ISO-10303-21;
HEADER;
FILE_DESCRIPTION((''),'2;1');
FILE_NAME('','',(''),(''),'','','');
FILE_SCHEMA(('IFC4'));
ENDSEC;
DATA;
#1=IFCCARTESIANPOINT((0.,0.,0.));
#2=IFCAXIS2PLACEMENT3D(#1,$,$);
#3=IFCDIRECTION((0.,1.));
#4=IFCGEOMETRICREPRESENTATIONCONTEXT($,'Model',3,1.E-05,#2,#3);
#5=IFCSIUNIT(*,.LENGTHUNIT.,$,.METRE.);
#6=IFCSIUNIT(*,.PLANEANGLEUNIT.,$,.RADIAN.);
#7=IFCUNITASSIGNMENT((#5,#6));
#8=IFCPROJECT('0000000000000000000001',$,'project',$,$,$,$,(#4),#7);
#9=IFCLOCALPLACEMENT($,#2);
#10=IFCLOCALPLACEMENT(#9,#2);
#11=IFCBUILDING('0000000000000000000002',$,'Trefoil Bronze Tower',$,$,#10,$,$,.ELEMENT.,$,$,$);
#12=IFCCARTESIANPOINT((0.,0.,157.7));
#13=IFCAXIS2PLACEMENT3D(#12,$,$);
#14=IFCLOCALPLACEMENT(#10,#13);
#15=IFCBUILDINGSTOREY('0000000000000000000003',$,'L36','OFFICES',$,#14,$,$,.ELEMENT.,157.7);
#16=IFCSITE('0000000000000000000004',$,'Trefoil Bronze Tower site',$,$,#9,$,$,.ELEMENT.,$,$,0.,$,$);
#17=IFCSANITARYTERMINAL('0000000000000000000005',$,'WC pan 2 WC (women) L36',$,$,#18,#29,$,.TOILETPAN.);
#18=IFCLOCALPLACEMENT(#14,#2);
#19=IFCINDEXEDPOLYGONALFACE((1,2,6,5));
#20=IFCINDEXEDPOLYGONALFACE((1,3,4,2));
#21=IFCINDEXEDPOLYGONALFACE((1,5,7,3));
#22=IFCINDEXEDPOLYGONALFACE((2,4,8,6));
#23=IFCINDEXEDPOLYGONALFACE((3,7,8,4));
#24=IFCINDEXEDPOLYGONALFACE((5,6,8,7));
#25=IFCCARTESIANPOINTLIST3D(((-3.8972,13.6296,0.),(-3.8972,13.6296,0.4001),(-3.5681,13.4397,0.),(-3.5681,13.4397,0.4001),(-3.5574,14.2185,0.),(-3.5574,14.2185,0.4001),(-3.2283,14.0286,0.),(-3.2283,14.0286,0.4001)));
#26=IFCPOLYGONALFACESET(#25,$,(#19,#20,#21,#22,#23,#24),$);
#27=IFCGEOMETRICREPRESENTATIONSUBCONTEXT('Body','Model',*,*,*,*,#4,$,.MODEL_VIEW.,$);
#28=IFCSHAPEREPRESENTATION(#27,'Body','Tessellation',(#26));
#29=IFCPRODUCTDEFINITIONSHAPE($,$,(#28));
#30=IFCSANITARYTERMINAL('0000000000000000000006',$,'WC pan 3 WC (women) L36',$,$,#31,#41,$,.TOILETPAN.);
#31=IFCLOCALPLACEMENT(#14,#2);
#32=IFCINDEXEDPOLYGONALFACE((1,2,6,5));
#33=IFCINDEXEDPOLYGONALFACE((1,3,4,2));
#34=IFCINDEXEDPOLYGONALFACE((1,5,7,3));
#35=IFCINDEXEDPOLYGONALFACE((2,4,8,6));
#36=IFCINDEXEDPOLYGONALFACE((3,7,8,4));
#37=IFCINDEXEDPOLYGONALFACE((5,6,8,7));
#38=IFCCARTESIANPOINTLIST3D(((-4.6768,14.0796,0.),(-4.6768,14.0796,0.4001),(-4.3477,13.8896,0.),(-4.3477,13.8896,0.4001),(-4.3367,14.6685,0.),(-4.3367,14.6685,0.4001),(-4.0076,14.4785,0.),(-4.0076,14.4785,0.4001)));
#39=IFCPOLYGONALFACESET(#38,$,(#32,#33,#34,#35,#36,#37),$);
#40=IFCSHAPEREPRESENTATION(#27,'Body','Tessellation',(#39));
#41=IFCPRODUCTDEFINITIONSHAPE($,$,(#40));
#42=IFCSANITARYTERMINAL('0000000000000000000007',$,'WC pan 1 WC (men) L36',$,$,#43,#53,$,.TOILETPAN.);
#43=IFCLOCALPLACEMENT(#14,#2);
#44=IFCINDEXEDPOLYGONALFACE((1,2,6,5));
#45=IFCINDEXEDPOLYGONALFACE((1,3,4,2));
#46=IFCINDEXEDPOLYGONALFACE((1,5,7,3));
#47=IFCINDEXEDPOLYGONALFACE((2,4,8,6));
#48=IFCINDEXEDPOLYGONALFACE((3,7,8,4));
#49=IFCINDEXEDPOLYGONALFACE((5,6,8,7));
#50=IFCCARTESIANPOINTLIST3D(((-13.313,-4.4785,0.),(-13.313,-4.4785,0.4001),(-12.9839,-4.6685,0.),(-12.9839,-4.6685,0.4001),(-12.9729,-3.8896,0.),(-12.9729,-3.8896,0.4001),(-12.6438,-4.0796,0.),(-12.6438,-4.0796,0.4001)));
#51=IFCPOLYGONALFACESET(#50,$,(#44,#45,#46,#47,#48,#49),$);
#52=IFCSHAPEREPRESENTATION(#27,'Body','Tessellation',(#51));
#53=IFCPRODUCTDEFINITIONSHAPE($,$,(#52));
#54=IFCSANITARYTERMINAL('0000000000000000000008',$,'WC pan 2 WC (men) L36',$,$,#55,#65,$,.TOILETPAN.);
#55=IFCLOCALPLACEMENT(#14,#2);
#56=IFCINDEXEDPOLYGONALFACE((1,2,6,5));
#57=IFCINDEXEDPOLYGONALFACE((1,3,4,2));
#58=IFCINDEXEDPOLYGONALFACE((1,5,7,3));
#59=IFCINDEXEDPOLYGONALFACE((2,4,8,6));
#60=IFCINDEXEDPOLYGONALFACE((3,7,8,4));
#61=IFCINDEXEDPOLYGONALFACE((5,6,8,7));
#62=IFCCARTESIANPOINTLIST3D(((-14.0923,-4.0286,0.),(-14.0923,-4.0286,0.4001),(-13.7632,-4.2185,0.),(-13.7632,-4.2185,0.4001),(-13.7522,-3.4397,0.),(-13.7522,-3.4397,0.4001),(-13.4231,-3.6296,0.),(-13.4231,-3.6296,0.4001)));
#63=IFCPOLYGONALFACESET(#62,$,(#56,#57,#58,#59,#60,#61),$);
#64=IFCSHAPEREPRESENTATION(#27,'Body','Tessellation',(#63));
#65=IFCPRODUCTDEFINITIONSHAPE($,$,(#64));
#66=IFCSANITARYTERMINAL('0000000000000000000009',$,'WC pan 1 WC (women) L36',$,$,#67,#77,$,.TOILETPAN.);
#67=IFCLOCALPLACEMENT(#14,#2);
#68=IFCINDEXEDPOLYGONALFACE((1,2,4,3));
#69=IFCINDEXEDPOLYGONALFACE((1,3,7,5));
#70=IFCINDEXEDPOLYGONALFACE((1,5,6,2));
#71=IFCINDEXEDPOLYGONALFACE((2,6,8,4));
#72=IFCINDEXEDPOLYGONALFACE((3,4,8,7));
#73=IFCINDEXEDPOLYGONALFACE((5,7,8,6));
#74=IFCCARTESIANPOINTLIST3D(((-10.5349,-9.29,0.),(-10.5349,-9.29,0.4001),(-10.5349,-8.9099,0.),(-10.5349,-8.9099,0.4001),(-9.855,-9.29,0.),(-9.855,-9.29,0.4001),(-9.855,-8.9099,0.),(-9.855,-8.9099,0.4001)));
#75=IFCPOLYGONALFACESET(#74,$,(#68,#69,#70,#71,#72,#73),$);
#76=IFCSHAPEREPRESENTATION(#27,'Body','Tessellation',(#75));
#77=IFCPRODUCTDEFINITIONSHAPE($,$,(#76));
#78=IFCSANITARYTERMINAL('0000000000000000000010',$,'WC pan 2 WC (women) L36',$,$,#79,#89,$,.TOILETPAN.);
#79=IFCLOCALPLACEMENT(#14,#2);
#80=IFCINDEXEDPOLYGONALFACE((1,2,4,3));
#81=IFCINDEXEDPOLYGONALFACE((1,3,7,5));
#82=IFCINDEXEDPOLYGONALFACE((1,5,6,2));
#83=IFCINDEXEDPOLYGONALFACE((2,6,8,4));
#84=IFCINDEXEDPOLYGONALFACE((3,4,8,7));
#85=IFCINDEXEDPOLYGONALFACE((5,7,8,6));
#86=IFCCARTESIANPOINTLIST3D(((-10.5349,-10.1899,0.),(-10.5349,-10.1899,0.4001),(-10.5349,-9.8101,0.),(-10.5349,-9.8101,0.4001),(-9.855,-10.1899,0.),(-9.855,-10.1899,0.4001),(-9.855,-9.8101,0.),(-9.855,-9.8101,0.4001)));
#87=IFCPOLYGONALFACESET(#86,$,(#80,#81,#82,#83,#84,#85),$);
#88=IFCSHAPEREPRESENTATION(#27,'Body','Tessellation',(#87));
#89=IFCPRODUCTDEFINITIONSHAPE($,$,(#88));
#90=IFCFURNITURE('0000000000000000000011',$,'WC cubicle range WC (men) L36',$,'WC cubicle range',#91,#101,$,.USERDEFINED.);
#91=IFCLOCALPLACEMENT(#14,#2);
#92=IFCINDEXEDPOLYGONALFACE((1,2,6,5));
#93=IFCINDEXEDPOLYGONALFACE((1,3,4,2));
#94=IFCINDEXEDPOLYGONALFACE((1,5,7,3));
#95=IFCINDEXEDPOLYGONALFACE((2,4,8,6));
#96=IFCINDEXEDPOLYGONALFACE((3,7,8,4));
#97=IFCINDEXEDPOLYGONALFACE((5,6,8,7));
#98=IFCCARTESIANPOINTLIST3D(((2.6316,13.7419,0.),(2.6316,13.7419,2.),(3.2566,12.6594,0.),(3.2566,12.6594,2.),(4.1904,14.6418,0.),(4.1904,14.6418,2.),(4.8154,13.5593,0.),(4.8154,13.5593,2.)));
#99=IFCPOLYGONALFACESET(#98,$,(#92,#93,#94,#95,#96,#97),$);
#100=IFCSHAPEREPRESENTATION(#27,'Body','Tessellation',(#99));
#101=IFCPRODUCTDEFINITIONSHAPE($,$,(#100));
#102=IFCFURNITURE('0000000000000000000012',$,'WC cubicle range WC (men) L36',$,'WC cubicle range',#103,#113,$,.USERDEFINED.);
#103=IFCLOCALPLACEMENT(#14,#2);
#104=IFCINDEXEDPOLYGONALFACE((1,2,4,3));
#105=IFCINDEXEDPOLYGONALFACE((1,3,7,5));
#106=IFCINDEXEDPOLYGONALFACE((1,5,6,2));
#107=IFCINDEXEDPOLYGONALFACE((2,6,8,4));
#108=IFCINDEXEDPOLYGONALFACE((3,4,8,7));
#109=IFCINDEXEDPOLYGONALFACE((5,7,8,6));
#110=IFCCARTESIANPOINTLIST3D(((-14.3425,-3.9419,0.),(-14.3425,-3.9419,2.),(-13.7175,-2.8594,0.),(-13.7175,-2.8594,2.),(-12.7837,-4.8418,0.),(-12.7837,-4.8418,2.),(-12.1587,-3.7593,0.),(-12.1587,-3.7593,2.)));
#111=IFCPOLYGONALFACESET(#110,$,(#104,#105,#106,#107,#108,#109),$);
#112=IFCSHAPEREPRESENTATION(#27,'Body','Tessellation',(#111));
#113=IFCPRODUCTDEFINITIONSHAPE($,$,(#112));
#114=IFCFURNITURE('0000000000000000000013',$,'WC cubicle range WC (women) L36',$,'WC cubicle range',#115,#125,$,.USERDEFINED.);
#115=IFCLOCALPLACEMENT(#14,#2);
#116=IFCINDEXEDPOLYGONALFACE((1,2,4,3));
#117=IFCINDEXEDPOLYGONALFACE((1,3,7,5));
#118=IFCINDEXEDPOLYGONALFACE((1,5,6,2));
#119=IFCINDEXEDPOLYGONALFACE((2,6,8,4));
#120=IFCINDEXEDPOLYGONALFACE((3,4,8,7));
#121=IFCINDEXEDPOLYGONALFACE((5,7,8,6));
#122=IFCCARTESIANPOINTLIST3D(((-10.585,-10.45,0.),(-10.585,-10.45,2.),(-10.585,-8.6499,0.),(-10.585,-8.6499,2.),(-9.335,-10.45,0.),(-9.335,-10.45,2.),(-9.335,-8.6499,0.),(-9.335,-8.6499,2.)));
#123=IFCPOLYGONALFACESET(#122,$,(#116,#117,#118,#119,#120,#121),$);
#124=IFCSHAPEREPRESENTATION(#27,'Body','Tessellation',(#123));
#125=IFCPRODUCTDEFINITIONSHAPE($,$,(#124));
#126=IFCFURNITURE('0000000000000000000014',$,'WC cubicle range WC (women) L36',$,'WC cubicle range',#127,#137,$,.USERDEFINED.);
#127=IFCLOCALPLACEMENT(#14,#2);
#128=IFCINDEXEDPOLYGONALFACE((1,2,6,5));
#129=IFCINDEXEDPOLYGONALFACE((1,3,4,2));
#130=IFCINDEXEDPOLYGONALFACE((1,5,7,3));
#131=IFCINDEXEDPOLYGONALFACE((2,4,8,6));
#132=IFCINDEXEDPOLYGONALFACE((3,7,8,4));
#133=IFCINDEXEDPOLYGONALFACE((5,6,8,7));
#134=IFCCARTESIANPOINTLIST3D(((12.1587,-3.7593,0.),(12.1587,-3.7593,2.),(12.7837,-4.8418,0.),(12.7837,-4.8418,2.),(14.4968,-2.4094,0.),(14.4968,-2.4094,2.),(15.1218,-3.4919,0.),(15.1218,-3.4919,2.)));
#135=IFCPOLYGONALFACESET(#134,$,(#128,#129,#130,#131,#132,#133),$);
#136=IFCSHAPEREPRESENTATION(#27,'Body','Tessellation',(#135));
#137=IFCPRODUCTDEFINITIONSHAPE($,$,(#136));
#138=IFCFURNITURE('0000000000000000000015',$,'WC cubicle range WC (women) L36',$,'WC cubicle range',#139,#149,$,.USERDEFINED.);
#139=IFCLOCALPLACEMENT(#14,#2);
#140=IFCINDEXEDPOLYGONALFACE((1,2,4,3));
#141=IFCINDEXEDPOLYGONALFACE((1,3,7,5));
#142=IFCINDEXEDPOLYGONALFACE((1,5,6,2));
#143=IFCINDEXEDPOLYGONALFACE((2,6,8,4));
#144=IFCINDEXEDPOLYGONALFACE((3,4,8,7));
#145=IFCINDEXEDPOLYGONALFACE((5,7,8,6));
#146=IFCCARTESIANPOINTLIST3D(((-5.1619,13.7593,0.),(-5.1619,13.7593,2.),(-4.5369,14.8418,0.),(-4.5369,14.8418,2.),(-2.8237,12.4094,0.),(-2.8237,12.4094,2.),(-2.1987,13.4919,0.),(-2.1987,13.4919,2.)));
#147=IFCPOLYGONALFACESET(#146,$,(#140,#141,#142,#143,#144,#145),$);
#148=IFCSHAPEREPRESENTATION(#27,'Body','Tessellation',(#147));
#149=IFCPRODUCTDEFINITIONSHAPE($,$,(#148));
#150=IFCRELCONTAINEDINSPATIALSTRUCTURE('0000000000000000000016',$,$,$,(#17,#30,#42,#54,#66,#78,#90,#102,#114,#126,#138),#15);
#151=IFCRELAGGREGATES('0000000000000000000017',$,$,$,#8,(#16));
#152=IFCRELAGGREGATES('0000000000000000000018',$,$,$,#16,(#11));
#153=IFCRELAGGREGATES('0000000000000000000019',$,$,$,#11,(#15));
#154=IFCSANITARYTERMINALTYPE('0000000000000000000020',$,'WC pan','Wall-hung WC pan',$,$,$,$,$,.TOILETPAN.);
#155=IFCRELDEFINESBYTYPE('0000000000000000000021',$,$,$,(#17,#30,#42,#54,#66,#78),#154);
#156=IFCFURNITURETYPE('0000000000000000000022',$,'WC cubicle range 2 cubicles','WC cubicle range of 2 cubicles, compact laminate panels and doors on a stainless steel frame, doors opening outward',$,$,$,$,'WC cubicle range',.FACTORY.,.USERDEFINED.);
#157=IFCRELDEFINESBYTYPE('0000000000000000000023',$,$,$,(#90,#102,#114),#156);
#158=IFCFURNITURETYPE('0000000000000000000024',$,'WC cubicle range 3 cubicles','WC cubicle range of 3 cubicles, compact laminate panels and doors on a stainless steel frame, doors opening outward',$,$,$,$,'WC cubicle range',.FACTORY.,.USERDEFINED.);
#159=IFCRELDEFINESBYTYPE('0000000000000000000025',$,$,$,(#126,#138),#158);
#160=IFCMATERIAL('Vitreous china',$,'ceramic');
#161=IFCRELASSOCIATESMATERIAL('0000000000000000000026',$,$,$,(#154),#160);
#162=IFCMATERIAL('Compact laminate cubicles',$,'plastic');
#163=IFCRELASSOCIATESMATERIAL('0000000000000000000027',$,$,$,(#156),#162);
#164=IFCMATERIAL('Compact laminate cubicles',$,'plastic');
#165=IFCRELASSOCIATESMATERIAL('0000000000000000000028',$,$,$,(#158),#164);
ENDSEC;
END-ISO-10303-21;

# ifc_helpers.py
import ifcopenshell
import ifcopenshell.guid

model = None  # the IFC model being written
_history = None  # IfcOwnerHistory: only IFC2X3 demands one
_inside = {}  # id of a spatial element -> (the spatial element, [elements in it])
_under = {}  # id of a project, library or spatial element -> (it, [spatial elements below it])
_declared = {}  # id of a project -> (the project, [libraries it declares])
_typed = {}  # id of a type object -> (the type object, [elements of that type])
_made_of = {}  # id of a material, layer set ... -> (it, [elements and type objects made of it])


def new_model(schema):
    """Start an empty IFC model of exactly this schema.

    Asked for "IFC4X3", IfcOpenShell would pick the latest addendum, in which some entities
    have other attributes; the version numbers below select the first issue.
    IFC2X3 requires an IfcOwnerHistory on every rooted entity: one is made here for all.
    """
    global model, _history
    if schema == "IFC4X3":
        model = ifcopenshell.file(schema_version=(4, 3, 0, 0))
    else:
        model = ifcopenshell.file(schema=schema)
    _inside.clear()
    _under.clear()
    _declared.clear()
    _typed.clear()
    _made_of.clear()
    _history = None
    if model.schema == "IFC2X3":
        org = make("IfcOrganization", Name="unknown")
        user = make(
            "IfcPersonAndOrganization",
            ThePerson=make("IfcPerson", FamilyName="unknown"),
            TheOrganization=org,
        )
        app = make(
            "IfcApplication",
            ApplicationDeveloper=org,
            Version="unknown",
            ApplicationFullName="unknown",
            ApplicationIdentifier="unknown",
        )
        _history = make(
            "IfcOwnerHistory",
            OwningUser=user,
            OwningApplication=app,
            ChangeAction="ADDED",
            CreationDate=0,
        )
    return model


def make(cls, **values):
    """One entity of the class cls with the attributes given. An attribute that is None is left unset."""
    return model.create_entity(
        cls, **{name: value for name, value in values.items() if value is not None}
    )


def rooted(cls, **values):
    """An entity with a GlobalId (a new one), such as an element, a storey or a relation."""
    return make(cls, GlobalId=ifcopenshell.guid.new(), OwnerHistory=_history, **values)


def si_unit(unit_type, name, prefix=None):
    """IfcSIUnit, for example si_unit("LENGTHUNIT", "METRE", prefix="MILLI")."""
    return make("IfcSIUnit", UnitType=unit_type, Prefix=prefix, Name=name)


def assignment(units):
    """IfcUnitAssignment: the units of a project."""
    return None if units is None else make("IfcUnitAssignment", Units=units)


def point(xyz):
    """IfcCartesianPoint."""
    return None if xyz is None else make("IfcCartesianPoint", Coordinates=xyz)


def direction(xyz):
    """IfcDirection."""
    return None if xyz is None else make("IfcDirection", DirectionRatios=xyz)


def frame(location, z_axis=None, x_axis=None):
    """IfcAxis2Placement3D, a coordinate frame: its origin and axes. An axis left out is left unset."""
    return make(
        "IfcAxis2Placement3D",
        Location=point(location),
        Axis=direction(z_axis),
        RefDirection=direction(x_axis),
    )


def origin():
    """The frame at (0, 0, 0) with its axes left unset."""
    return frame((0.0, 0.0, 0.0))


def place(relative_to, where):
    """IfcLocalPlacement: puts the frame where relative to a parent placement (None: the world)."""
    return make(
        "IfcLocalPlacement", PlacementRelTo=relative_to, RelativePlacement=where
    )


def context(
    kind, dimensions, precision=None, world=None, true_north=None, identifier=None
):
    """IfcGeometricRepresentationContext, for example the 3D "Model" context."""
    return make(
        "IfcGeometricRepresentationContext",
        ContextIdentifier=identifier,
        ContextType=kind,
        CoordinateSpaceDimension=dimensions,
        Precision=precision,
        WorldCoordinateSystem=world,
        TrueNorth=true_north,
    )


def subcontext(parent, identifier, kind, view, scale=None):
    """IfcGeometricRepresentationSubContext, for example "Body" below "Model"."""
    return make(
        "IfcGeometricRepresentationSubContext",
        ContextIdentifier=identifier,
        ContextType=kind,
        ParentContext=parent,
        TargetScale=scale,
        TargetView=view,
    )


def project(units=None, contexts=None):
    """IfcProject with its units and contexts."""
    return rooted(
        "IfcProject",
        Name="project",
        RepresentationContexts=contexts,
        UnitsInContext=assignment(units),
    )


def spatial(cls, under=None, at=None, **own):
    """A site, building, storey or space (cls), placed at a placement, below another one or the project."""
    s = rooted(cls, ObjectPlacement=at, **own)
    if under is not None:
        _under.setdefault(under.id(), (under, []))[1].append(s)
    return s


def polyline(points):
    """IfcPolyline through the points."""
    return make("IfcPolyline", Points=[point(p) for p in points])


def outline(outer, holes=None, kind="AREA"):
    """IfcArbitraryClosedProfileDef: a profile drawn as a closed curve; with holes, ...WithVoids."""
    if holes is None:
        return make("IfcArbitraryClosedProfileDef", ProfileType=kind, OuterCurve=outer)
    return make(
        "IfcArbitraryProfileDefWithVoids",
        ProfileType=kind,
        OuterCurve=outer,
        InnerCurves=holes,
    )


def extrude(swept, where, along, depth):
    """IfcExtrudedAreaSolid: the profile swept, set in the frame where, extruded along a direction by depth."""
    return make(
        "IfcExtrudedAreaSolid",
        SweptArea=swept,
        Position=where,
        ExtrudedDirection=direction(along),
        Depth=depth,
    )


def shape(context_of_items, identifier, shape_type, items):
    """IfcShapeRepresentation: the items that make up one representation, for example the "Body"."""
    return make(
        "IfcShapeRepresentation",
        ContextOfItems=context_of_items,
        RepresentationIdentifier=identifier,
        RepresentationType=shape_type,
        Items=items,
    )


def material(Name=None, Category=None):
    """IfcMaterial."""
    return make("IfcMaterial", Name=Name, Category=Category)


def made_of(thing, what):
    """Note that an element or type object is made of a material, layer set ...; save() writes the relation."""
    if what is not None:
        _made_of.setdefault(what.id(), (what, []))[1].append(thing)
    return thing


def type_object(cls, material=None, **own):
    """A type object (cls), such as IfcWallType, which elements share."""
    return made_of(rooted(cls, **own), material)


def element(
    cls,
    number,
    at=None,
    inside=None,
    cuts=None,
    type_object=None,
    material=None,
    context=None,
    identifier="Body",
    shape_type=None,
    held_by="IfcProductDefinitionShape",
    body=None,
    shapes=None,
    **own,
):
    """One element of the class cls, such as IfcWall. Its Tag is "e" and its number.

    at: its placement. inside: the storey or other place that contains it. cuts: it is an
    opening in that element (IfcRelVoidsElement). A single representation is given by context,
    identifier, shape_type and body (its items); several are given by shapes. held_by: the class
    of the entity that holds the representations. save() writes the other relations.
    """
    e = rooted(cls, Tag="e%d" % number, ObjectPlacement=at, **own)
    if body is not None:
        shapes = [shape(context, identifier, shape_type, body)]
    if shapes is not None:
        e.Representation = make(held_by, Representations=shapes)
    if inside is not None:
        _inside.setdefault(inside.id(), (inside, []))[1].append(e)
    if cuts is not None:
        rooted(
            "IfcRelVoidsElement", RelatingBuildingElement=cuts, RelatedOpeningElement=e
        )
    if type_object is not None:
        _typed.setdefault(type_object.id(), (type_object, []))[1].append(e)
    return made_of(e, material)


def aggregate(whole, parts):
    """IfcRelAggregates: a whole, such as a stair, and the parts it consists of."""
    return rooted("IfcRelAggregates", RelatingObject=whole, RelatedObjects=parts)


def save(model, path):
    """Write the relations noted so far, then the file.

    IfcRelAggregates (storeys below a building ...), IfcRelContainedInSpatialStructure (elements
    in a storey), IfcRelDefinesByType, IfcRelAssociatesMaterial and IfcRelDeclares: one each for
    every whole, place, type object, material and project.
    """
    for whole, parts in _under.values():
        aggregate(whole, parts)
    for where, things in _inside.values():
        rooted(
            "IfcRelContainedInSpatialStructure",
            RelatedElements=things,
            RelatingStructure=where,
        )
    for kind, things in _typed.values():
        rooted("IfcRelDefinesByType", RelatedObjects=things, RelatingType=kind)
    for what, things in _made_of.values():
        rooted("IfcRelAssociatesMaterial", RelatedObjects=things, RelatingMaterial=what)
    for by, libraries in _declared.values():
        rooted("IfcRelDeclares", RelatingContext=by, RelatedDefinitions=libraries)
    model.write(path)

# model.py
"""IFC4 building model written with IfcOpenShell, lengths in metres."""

from ifc_helpers import new_model, si_unit, direction, frame, origin, place, context, subcontext, project, spatial, polyline, outline, extrude, material, type_object, element, save


model = new_model("IFC4")

# Units and contexts
model_context = context("Model", 3, precision=1e-05, world=origin(), true_north=direction((0.0, 1.0)))
body_context = subcontext(model_context, "Body", "Model", "MODEL_VIEW")
ifc_project = project(units=[si_unit("LENGTHUNIT", "METRE"), si_unit("PLANEANGLEUNIT", "RADIAN")], contexts=[model_context])

# Site, building, storey
site_placement = place(None, origin())
site = spatial("IfcSite", under=ifc_project, at=site_placement, Name="Trefoil Bronze Tower site", CompositionType="ELEMENT", RefElevation=0.0)
building_placement = place(site_placement, origin())
building = spatial("IfcBuilding", under=site, at=building_placement, Name="Trefoil Bronze Tower", CompositionType="ELEMENT")
storey_placement = place(building_placement, frame((0.0, 0.0, 157.7)))
storey = spatial("IfcBuildingStorey", under=building, at=storey_placement, Name="L36", Description="OFFICES", CompositionType="ELEMENT", Elevation=157.7)

# Sanitary terminals
ifc_material_1 = material(Name="Vitreous china", Category="ceramic")
sanitary_terminal_type_1 = type_object("IfcSanitaryTerminalType", Name="WC pan", Description="Wall-hung WC pan", PredefinedType="TOILETPAN", material=ifc_material_1)
sanitary_terminal_1_placement = place(storey_placement, origin())
element("IfcSanitaryTerminal", 1, at=sanitary_terminal_1_placement, inside=storey, type_object=sanitary_terminal_type_1, Name="WC pan 2 WC (women) L36", PredefinedType="TOILETPAN", context=body_context, shape_type="SweptSolid", body=[
    extrude(outline(polyline([(-3.5681, 13.4397), (-3.2283, 14.0286), (-3.5574, 14.2185), (-3.8972, 13.6296), (-3.5681, 13.4397)])), origin(), (0.0, 0.0, 1.0), 0.4001),
])
sanitary_terminal_2_placement = place(storey_placement, origin())
element("IfcSanitaryTerminal", 2, at=sanitary_terminal_2_placement, inside=storey, type_object=sanitary_terminal_type_1, Name="WC pan 3 WC (women) L36", PredefinedType="TOILETPAN", context=body_context, shape_type="SweptSolid", body=[
    extrude(outline(polyline([(-4.3477, 13.8896), (-4.0076, 14.4785), (-4.3367, 14.6685), (-4.6768, 14.0796), (-4.3477, 13.8896)])), origin(), (0.0, 0.0, 1.0), 0.4001),
])
sanitary_terminal_3_placement = place(storey_placement, origin())
element("IfcSanitaryTerminal", 3, at=sanitary_terminal_3_placement, inside=storey, type_object=sanitary_terminal_type_1, Name="WC pan 1 WC (men) L36", PredefinedType="TOILETPAN", context=body_context, shape_type="SweptSolid", body=[
    extrude(outline(polyline([(-12.6438, -4.0796), (-12.9839, -4.6685), (-13.313, -4.4785), (-12.9729, -3.8896), (-12.6438, -4.0796)])), origin(), (0.0, 0.0, 1.0), 0.4001),
])
sanitary_terminal_4_placement = place(storey_placement, origin())
element("IfcSanitaryTerminal", 4, at=sanitary_terminal_4_placement, inside=storey, type_object=sanitary_terminal_type_1, Name="WC pan 2 WC (men) L36", PredefinedType="TOILETPAN", context=body_context, shape_type="SweptSolid", body=[
    extrude(outline(polyline([(-13.4231, -3.6296), (-13.7632, -4.2185), (-14.0923, -4.0286), (-13.7522, -3.4397), (-13.4231, -3.6296)])), origin(), (0.0, 0.0, 1.0), 0.4001),
])
sanitary_terminal_5_placement = place(storey_placement, origin())
element("IfcSanitaryTerminal", 5, at=sanitary_terminal_5_placement, inside=storey, type_object=sanitary_terminal_type_1, Name="WC pan 1 WC (women) L36", PredefinedType="TOILETPAN", context=body_context, shape_type="SweptSolid", body=[
    extrude(outline(polyline([(-9.855, -8.9099), (-10.5349, -8.9099), (-10.5349, -9.29), (-9.855, -9.29), (-9.855, -8.9099)])), origin(), (0.0, 0.0, 1.0), 0.4001),
])
sanitary_terminal_6_placement = place(storey_placement, origin())
element("IfcSanitaryTerminal", 6, at=sanitary_terminal_6_placement, inside=storey, type_object=sanitary_terminal_type_1, Name="WC pan 2 WC (women) L36", PredefinedType="TOILETPAN", context=body_context, shape_type="SweptSolid", body=[
    extrude(outline(polyline([(-9.855, -9.8101), (-10.5349, -9.8101), (-10.5349, -10.1899), (-9.855, -10.1899), (-9.855, -9.8101)])), origin(), (0.0, 0.0, 1.0), 0.4001),
])

# Furniture
ifc_material_2 = material(Name="Compact laminate cubicles", Category="plastic")
furniture_type_1 = type_object("IfcFurnitureType", Name="WC cubicle range 2 cubicles", Description="WC cubicle range of 2 cubicles, compact laminate panels and doors on a stainless steel frame, doors opening outward", ElementType="WC cubicle range", AssemblyPlace="FACTORY", PredefinedType="USERDEFINED", material=ifc_material_2)
furniture_1_placement = place(storey_placement, origin())
element("IfcFurniture", 7, at=furniture_1_placement, inside=storey, type_object=furniture_type_1, Name="WC cubicle range WC (men) L36", ObjectType="WC cubicle range", PredefinedType="USERDEFINED", context=body_context, shape_type="SweptSolid", body=[
    extrude(outline(polyline([(3.2566, 12.6594), (2.6316, 13.7419), (4.1904, 14.6418), (4.8154, 13.5593), (3.2566, 12.6594)])), origin(), (0.0, 0.0, 1.0), 2.0),
])
furniture_2_placement = place(storey_placement, origin())
element("IfcFurniture", 8, at=furniture_2_placement, inside=storey, type_object=furniture_type_1, Name="WC cubicle range WC (men) L36", ObjectType="WC cubicle range", PredefinedType="USERDEFINED", context=body_context, shape_type="SweptSolid", body=[
    extrude(outline(polyline([(-12.1587, -3.7593), (-12.7837, -4.8418), (-14.3425, -3.9419), (-13.7175, -2.8594), (-12.1587, -3.7593)])), origin(), (0.0, 0.0, 1.0), 2.0),
])
furniture_3_placement = place(storey_placement, origin())
element("IfcFurniture", 9, at=furniture_3_placement, inside=storey, type_object=furniture_type_1, Name="WC cubicle range WC (women) L36", ObjectType="WC cubicle range", PredefinedType="USERDEFINED", context=body_context, shape_type="SweptSolid", body=[
    extrude(outline(polyline([(-9.335, -8.6499), (-10.585, -8.6499), (-10.585, -10.45), (-9.335, -10.45), (-9.335, -8.6499)])), origin(), (0.0, 0.0, 1.0), 2.0),
])
ifc_material_3 = material(Name="Compact laminate cubicles", Category="plastic")
furniture_type_2 = type_object("IfcFurnitureType", Name="WC cubicle range 3 cubicles", Description="WC cubicle range of 3 cubicles, compact laminate panels and doors on a stainless steel frame, doors opening outward", ElementType="WC cubicle range", AssemblyPlace="FACTORY", PredefinedType="USERDEFINED", material=ifc_material_3)
furniture_4_placement = place(storey_placement, origin())
element("IfcFurniture", 10, at=furniture_4_placement, inside=storey, type_object=furniture_type_2, Name="WC cubicle range WC (women) L36", ObjectType="WC cubicle range", PredefinedType="USERDEFINED", context=body_context, shape_type="SweptSolid", body=[
    extrude(outline(polyline([(12.1587, -3.7593), (12.7837, -4.8418), (15.1218, -3.4919), (14.4968, -2.4094), (12.1587, -3.7593)])), origin(), (0.0, 0.0, 1.0), 2.0),
])
furniture_5_placement = place(storey_placement, origin())
element("IfcFurniture", 11, at=furniture_5_placement, inside=storey, type_object=furniture_type_2, Name="WC cubicle range WC (women) L36", ObjectType="WC cubicle range", PredefinedType="USERDEFINED", context=body_context, shape_type="SweptSolid", body=[
    extrude(outline(polyline([(-2.8237, 12.4094), (-2.1987, 13.4919), (-4.5369, 14.8418), (-5.1619, 13.7593), (-2.8237, 12.4094)])), origin(), (0.0, 0.0, 1.0), 2.0),
])

save(model, "model.ifc")
